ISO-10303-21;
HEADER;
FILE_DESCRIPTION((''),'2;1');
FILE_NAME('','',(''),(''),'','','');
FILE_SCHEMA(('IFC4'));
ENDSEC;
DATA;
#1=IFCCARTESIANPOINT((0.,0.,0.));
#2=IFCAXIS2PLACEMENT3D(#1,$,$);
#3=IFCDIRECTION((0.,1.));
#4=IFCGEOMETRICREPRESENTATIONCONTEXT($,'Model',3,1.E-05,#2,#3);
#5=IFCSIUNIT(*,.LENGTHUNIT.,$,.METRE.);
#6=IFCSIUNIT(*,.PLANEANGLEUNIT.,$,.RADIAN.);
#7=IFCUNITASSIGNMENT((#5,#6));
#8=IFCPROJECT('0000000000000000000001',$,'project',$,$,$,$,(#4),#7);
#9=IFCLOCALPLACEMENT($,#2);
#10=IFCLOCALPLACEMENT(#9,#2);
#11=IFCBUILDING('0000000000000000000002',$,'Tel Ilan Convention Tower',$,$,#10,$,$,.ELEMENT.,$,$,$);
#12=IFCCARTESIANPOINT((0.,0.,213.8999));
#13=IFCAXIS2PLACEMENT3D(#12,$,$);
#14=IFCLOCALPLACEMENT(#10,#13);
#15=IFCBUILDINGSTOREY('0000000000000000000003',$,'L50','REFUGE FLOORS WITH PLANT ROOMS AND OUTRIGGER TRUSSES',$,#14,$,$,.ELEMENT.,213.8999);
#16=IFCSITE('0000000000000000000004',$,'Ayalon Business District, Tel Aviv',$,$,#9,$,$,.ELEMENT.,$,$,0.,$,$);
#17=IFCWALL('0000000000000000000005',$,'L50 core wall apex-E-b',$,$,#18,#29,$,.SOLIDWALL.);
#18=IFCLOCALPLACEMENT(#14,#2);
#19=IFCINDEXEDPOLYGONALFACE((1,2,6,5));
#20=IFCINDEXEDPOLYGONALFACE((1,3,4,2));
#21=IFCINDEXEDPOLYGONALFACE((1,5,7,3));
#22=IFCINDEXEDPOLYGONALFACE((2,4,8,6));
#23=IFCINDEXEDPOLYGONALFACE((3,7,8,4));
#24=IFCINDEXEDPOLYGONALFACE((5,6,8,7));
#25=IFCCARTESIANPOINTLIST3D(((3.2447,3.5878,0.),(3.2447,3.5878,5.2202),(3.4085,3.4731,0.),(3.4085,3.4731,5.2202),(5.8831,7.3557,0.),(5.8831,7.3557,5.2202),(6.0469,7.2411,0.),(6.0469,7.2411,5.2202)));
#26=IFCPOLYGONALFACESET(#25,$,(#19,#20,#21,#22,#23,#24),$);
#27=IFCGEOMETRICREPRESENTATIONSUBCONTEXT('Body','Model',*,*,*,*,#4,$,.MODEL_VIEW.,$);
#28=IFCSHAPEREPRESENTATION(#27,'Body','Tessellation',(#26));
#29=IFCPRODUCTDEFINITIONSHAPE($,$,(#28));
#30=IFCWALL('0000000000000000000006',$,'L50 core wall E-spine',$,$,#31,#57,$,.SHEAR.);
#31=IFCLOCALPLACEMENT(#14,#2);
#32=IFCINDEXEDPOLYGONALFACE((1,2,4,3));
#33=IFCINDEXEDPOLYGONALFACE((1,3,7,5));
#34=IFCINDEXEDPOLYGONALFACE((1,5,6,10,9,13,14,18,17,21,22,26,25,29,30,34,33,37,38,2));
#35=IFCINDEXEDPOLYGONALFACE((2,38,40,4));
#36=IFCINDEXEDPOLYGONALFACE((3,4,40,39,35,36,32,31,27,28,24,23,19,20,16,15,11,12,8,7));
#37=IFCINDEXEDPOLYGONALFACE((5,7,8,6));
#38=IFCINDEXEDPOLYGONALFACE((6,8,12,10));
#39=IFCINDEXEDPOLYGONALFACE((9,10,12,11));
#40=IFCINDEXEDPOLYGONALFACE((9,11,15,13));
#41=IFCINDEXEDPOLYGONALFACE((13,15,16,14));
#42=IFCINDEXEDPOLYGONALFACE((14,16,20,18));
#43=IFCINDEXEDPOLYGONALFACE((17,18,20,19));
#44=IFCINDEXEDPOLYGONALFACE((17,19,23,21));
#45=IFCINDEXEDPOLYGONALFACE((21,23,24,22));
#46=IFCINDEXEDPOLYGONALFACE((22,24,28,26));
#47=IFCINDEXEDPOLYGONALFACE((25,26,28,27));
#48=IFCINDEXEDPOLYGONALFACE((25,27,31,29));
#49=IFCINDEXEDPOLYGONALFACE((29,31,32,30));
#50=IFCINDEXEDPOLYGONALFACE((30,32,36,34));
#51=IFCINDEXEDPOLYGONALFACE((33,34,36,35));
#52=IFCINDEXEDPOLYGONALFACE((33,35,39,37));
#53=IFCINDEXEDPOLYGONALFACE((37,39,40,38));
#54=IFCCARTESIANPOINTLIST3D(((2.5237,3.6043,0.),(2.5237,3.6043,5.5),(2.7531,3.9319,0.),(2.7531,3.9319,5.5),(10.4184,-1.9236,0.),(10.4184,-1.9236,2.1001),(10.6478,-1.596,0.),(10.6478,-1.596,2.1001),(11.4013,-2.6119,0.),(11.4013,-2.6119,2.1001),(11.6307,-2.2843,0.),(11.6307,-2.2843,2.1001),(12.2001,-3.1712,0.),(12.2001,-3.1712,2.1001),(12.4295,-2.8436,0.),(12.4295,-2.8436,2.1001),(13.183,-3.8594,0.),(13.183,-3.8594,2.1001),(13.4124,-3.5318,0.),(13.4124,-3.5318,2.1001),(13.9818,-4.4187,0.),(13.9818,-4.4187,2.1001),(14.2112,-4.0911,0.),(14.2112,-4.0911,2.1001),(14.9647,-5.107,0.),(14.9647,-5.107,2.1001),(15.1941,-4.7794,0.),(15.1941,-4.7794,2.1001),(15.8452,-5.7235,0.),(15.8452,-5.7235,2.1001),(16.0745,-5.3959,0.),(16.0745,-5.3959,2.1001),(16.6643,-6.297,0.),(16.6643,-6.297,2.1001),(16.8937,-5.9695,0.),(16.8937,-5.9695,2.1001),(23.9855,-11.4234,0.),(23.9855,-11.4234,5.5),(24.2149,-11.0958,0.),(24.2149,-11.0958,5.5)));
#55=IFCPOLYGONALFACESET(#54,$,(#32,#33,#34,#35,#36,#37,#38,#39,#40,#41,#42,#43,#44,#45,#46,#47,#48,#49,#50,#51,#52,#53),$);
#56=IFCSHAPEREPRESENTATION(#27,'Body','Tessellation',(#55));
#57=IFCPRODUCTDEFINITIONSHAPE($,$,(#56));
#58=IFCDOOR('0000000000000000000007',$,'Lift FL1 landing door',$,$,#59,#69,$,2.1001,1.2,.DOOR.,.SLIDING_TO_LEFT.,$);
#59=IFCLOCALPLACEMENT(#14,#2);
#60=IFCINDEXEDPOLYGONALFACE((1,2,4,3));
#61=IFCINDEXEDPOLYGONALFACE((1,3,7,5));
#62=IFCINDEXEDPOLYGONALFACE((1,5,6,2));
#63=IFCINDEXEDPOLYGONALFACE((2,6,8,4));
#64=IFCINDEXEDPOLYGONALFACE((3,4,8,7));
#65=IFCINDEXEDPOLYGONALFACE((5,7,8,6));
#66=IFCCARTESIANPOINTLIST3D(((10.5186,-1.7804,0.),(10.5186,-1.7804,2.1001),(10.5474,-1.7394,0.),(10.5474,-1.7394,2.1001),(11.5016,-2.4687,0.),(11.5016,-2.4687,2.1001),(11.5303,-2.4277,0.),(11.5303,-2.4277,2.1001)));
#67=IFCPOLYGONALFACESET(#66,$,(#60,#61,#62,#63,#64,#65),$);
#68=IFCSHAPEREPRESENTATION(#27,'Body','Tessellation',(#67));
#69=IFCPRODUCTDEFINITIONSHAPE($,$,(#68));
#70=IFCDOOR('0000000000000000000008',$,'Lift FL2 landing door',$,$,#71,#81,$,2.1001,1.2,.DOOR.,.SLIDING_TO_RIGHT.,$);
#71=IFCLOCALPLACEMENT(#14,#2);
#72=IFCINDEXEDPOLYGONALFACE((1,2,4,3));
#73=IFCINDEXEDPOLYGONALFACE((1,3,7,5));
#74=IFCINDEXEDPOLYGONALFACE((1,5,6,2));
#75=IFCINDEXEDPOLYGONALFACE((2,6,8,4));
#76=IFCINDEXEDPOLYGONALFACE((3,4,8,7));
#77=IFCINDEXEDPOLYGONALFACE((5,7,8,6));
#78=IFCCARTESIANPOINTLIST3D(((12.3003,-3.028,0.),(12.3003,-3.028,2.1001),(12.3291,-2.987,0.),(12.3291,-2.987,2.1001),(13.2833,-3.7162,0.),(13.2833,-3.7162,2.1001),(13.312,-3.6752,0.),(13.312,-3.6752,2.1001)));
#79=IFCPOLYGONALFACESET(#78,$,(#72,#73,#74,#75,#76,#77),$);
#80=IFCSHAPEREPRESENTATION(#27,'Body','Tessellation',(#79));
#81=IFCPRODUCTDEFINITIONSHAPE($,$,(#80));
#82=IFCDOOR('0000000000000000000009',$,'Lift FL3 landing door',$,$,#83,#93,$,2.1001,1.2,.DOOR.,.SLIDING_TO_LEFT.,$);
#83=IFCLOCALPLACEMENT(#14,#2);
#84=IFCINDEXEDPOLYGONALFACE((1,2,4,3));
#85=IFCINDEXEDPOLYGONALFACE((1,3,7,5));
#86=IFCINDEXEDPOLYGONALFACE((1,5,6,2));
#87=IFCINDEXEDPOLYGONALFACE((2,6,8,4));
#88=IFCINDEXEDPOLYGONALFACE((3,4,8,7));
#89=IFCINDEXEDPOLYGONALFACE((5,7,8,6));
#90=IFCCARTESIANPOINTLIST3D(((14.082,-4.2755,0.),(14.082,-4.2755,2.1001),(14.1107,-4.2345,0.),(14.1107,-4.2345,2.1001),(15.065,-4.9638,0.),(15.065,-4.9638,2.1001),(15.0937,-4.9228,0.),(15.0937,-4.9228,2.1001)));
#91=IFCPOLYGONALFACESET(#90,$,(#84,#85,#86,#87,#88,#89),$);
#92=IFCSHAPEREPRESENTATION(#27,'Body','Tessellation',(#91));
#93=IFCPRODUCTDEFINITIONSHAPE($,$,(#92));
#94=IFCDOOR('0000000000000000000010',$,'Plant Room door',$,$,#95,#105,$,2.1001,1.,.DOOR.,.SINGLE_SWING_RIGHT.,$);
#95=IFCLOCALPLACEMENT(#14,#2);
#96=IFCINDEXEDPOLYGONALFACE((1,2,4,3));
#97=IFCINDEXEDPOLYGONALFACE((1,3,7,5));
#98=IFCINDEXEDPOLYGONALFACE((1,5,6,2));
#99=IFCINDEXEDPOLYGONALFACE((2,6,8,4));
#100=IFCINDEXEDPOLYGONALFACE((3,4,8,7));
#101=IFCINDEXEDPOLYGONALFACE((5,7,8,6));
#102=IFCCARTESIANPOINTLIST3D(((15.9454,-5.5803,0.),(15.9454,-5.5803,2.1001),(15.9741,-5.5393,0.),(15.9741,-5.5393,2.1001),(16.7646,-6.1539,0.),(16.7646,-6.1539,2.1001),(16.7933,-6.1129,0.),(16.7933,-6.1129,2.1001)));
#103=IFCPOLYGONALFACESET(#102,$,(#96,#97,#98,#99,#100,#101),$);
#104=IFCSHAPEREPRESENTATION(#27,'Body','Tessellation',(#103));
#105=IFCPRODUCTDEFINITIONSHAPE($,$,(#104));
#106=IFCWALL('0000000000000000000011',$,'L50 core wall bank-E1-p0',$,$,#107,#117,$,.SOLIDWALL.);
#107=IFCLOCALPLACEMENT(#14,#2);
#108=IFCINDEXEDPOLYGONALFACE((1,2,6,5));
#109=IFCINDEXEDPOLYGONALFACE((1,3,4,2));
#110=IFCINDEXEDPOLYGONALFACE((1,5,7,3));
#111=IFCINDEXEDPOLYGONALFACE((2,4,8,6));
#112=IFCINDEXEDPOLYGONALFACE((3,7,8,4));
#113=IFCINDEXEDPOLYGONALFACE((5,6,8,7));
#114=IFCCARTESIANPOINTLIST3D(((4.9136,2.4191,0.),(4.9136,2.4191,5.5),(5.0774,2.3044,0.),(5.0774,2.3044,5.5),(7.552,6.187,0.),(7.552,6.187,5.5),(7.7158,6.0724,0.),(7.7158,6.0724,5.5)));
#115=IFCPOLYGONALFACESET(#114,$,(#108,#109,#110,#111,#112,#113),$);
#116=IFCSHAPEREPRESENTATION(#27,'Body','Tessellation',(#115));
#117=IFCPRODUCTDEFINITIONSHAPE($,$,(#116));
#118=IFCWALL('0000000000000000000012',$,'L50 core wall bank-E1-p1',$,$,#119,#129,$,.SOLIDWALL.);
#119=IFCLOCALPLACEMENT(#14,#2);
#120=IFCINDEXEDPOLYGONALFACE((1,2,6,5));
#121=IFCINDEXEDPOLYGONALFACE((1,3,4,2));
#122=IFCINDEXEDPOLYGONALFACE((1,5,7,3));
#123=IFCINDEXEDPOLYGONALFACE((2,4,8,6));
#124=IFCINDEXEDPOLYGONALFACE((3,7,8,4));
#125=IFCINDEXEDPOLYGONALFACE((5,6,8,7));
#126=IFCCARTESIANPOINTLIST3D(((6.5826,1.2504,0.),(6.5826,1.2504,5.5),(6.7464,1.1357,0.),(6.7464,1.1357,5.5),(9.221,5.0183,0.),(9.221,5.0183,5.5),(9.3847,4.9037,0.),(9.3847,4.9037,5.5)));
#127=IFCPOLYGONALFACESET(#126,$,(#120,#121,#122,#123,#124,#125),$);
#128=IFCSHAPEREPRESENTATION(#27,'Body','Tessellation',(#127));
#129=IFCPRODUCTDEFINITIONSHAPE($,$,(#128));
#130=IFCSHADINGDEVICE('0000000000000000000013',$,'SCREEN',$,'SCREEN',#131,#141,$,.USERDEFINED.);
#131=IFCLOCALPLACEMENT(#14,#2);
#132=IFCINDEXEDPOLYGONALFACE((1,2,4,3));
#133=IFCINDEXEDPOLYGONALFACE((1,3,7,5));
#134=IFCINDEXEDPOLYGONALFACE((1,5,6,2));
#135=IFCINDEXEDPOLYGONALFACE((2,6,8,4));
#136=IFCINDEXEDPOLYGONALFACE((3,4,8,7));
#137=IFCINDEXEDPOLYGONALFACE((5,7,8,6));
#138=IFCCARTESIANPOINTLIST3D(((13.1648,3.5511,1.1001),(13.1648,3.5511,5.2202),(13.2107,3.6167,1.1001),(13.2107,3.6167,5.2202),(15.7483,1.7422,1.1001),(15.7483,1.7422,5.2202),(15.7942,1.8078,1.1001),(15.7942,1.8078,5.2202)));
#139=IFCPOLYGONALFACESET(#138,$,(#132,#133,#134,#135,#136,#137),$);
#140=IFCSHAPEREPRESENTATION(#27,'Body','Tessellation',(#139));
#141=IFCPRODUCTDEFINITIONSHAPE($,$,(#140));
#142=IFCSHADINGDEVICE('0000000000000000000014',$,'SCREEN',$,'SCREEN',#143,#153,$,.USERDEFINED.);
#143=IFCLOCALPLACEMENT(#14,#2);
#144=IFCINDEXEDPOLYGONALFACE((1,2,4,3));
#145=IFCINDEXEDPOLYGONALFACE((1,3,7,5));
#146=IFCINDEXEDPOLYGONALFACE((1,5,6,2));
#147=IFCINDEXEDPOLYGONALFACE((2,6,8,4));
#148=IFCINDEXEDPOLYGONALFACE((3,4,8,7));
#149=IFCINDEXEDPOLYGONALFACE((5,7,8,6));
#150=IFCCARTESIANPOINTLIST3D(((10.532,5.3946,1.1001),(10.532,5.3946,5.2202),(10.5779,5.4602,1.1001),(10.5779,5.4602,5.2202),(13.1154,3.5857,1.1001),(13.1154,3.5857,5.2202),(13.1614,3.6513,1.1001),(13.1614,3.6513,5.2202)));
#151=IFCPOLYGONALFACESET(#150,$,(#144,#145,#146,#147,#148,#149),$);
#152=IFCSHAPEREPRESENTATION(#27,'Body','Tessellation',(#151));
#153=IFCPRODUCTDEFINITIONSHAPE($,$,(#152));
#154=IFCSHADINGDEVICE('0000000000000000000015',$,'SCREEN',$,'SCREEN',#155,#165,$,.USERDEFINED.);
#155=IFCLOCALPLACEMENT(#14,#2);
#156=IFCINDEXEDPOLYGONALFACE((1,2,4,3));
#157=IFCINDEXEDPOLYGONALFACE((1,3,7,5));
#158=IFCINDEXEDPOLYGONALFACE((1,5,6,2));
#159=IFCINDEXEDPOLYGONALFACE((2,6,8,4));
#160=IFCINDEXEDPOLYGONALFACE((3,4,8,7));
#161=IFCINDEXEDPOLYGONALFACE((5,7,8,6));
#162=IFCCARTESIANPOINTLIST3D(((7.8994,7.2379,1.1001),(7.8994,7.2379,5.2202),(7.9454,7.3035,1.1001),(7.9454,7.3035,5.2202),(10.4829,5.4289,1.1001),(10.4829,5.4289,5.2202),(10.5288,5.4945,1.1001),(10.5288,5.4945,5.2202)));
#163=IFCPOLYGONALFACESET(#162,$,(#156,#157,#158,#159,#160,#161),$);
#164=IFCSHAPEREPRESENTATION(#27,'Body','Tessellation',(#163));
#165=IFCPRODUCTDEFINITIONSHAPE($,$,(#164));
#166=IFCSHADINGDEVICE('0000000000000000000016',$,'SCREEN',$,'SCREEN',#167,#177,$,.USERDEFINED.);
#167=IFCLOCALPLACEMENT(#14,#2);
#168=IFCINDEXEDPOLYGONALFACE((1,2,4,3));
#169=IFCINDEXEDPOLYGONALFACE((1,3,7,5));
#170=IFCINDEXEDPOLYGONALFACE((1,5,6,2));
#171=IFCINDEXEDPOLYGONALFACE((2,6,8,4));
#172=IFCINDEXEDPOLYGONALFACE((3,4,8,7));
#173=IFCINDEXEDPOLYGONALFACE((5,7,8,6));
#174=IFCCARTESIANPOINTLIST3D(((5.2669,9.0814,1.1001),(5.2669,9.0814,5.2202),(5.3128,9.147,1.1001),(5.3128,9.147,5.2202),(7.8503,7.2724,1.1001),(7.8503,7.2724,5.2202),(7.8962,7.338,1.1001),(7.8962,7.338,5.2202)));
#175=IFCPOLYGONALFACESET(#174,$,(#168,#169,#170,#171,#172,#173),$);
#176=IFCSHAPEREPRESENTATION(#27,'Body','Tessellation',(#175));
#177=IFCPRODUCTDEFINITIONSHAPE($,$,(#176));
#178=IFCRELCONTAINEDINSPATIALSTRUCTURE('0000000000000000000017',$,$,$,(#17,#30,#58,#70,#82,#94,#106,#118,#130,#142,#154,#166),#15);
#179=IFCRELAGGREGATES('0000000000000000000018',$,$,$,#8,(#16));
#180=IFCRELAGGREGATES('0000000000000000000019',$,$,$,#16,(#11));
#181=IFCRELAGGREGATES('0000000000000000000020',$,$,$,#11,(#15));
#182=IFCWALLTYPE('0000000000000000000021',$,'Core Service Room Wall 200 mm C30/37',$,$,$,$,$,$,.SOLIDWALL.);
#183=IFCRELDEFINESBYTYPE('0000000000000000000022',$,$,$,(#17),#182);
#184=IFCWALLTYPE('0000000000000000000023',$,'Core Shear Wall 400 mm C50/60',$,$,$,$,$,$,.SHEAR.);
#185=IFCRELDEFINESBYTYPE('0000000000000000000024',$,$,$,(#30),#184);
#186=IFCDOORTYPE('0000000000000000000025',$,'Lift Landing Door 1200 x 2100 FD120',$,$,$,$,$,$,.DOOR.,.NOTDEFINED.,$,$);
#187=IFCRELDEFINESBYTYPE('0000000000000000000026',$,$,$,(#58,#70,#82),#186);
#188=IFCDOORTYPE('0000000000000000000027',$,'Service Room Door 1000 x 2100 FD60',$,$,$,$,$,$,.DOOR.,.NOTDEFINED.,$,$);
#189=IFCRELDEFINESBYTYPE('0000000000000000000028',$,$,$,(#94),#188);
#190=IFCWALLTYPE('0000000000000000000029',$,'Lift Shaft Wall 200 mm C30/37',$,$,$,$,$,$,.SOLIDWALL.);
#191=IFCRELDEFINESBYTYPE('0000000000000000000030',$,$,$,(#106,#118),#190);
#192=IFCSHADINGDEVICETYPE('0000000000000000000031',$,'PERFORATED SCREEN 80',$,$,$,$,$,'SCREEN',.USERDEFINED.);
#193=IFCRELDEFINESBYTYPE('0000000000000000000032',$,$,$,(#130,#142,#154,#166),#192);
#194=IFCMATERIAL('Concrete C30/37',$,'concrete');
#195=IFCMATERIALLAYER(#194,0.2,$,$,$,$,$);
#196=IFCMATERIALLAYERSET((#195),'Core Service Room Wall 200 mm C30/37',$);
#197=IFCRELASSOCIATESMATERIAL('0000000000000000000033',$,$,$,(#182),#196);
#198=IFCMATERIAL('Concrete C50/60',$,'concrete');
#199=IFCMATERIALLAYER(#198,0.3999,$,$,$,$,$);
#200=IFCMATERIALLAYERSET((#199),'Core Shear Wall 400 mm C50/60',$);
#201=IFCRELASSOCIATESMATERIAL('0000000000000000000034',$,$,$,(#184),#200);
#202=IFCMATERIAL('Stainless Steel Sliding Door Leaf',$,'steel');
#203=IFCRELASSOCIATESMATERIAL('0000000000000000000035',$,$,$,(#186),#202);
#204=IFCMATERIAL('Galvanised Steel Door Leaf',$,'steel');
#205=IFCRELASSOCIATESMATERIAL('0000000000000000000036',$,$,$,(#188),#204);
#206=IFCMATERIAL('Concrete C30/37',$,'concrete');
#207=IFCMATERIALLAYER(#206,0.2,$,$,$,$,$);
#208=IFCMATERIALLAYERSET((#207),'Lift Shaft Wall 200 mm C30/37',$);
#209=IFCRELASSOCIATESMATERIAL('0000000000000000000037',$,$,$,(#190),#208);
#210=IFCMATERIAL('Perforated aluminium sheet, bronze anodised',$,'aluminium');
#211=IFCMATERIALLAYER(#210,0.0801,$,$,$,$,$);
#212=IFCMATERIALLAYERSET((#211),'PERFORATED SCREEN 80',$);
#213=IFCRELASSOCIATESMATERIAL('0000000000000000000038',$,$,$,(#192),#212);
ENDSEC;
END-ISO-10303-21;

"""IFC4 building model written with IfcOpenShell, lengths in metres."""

from ifc_helpers import new_model, si_unit, direction, frame, frame_2d, origin, origin_2d, place, context, subcontext, project, spatial, polyline, rectangle, outline, extrude, material, layer, layer_set, type_object, element, fill, save


model = new_model("IFC4")

# Units and contexts
model_context = context("Model", 3, precision=1e-05, world=origin(), true_north=direction((0.0, 1.0)))
body_context = subcontext(model_context, "Body", "Model", "MODEL_VIEW")
ifc_project = project(units=[si_unit("LENGTHUNIT", "METRE"), si_unit("PLANEANGLEUNIT", "RADIAN")], contexts=[model_context])

# Site, building, storey
site_placement = place(None, origin())
site = spatial("IfcSite", under=ifc_project, at=site_placement, Name="Ayalon Business District, Tel Aviv", CompositionType="ELEMENT", RefElevation=0.0)
building_placement = place(site_placement, origin())
building = spatial("IfcBuilding", under=site, at=building_placement, Name="Tel Ilan Convention Tower", CompositionType="ELEMENT")
storey_placement = place(building_placement, frame((0.0, 0.0, 213.8999)))
storey = spatial("IfcBuildingStorey", under=building, at=storey_placement, Name="L50", Description="REFUGE FLOORS WITH PLANT ROOMS AND OUTRIGGER TRUSSES", CompositionType="ELEMENT", Elevation=213.8999)

# Wall
ifc_material_1 = material(Name="Concrete C30/37", Category="concrete")
ifc_layer_1 = layer(ifc_material_1, 0.2)
ifc_layer_set_1 = layer_set([ifc_layer_1], Name="Core Service Room Wall 200 mm C30/37")
wall_type_1 = type_object("IfcWallType", Name="Core Service Room Wall 200 mm C30/37", PredefinedType="SOLIDWALL", material=ifc_layer_set_1)
wall_1_placement = place(storey_placement, frame((3.3267, 3.5305, 0.0), z_axis=(0.0, 0.0, 1.0), x_axis=(0.573576, 0.819152, 0.0)))
element("IfcWall", 1, at=wall_1_placement, inside=storey, type_object=wall_type_1, Name="L50 core wall apex-E-b", PredefinedType="SOLIDWALL", context=body_context, shape_type="SweptSolid", body=[
    extrude(rectangle(XDim=4.5999, YDim=0.2, at=frame_2d((2.2998, 0.0))), origin(), (0.0, 0.0, 1.0), 5.2202),
])

# Wall, openings, doors
ifc_material_2 = material(Name="Concrete C50/60", Category="concrete")
ifc_layer_2 = layer(ifc_material_2, 0.3999)
ifc_layer_set_2 = layer_set([ifc_layer_2], Name="Core Shear Wall 400 mm C50/60")
wall_type_2 = type_object("IfcWallType", Name="Core Shear Wall 400 mm C50/60", PredefinedType="SHEAR", material=ifc_layer_set_2)
wall_2_placement = place(storey_placement, frame((2.6384, 3.7681, 0.0), z_axis=(0.0, 0.0, 1.0), x_axis=(0.819153, -0.573576, 0.0)))
wall_2 = element("IfcWall", 2, at=wall_2_placement, inside=storey, type_object=wall_type_2, Name="L50 core wall E-spine", PredefinedType="SHEAR", context=body_context, shape_type="SweptSolid", body=[
    extrude(outline(polyline([(0.0, 0.2), (0.0, -0.2), (26.2, -0.2), (26.2, 0.2), (0.0, 0.2)])), origin(), (0.0, 0.0, 1.0), 5.5),
])
opening_1_placement = place(wall_2_placement, frame((9.6375, 0.0, 0.0)))
opening_1 = element("IfcOpeningElement", 3, at=opening_1_placement, cuts=wall_2, PredefinedType="OPENING", context=body_context, shape_type="SweptSolid", body=[
    extrude(rectangle(XDim=1.2, YDim=2.1001, at=frame_2d((0.6001, 1.05))), frame((0.0, 0.21, 0.0), z_axis=(0.0, -1.0, 0.0), x_axis=(1.0, 0.0, 0.0)), (0.0, 0.0, 1.0), 0.4199),
])
opening_2_placement = place(wall_2_placement, frame((11.8125, 0.0, 0.0)))
opening_2 = element("IfcOpeningElement", 4, at=opening_2_placement, cuts=wall_2, PredefinedType="OPENING", context=body_context, shape_type="SweptSolid", body=[
    extrude(rectangle(XDim=1.2, YDim=2.1001, at=frame_2d((0.6001, 1.05))), frame((0.0, 0.21, 0.0), z_axis=(0.0, -1.0, 0.0), x_axis=(1.0, 0.0, 0.0)), (0.0, 0.0, 1.0), 0.4199),
])
opening_3_placement = place(wall_2_placement, frame((13.9875, 0.0, 0.0)))
opening_3 = element("IfcOpeningElement", 5, at=opening_3_placement, cuts=wall_2, PredefinedType="OPENING", context=body_context, shape_type="SweptSolid", body=[
    extrude(rectangle(XDim=1.2, YDim=2.1001, at=frame_2d((0.6001, 1.05))), frame((0.0, 0.21, 0.0), z_axis=(0.0, -1.0, 0.0), x_axis=(1.0, 0.0, 0.0)), (0.0, 0.0, 1.0), 0.4199),
])
opening_4_placement = place(wall_2_placement, frame((16.2625, 0.0, 0.0)))
opening_4 = element("IfcOpeningElement", 6, at=opening_4_placement, cuts=wall_2, PredefinedType="OPENING", context=body_context, shape_type="SweptSolid", body=[
    extrude(rectangle(XDim=1.0, YDim=2.1001, at=frame_2d((0.5, 1.05))), frame((0.0, 0.21, 0.0), z_axis=(0.0, -1.0, 0.0), x_axis=(1.0, 0.0, 0.0)), (0.0, 0.0, 1.0), 0.4199),
])
ifc_material_3 = material(Name="Stainless Steel Sliding Door Leaf", Category="steel")
door_type_1 = type_object("IfcDoorType", Name="Lift Landing Door 1200 x 2100 FD120", OperationType="NOTDEFINED", PredefinedType="DOOR", material=ifc_material_3)
door_1_placement = place(opening_1_placement, origin())
door_1 = element("IfcDoor", 7, at=door_1_placement, inside=storey, type_object=door_type_1, Name="Lift FL1 landing door", OperationType="SLIDING_TO_LEFT", OverallHeight=2.1001, OverallWidth=1.2, PredefinedType="DOOR", context=body_context, shape_type="SweptSolid", body=[
    extrude(rectangle(XDim=1.2, YDim=2.1001, at=frame_2d((0.6001, 1.05))), frame((0.0, 0.0249, 0.0), z_axis=(0.0, -1.0, 0.0), x_axis=(1.0, 0.0, 0.0)), (0.0, 0.0, 1.0), 0.05),
])
fill(opening_1, door_1)
door_2_placement = place(opening_2_placement, origin())
door_2 = element("IfcDoor", 8, at=door_2_placement, inside=storey, type_object=door_type_1, Name="Lift FL2 landing door", OperationType="SLIDING_TO_RIGHT", OverallHeight=2.1001, OverallWidth=1.2, PredefinedType="DOOR", context=body_context, shape_type="SweptSolid", body=[
    extrude(rectangle(XDim=1.2, YDim=2.1001, at=frame_2d((0.6001, 1.05))), frame((0.0, 0.0249, 0.0), z_axis=(0.0, -1.0, 0.0), x_axis=(1.0, 0.0, 0.0)), (0.0, 0.0, 1.0), 0.05),
])
fill(opening_2, door_2)
door_3_placement = place(opening_3_placement, origin())
door_3 = element("IfcDoor", 9, at=door_3_placement, inside=storey, type_object=door_type_1, Name="Lift FL3 landing door", OperationType="SLIDING_TO_LEFT", OverallHeight=2.1001, OverallWidth=1.2, PredefinedType="DOOR", context=body_context, shape_type="SweptSolid", body=[
    extrude(rectangle(XDim=1.2, YDim=2.1001, at=frame_2d((0.6001, 1.05))), frame((0.0, 0.0249, 0.0), z_axis=(0.0, -1.0, 0.0), x_axis=(1.0, 0.0, 0.0)), (0.0, 0.0, 1.0), 0.05),
])
fill(opening_3, door_3)
ifc_material_4 = material(Name="Galvanised Steel Door Leaf", Category="steel")
door_type_2 = type_object("IfcDoorType", Name="Service Room Door 1000 x 2100 FD60", OperationType="NOTDEFINED", PredefinedType="DOOR", material=ifc_material_4)
door_4_placement = place(opening_4_placement, origin())
door_4 = element("IfcDoor", 10, at=door_4_placement, inside=storey, type_object=door_type_2, Name="Plant Room door", OperationType="SINGLE_SWING_RIGHT", OverallHeight=2.1001, OverallWidth=1.0, PredefinedType="DOOR", context=body_context, shape_type="SweptSolid", body=[
    extrude(rectangle(XDim=1.0, YDim=2.1001, at=frame_2d((0.5, 1.05))), frame((0.0, 0.0249, 0.0), z_axis=(0.0, -1.0, 0.0), x_axis=(1.0, 0.0, 0.0)), (0.0, 0.0, 1.0), 0.05),
])
fill(opening_4, door_4)

# Walls
ifc_material_5 = material(Name="Concrete C30/37", Category="concrete")
ifc_layer_3 = layer(ifc_material_5, 0.2)
ifc_layer_set_3 = layer_set([ifc_layer_3], Name="Lift Shaft Wall 200 mm C30/37")
wall_type_3 = type_object("IfcWallType", Name="Lift Shaft Wall 200 mm C30/37", PredefinedType="SOLIDWALL", material=ifc_layer_set_3)
for number, where, z_axis, x_axis, name in (
    (11, (4.9956, 2.3618, 0.0), (0.0, 0.0, 1.0), (0.573576, 0.819152, 0.0), "L50 core wall bank-E1-p0"),
    (12, (6.6646, 1.1931, 0.0), (0.0, 0.0, 1.0), (0.573576, 0.819152, 0.0), "L50 core wall bank-E1-p1"),
):
    element("IfcWall", number, at=place(storey_placement, frame(where, z_axis=z_axis, x_axis=x_axis)), inside=storey, type_object=wall_type_3, Name=name, PredefinedType="SOLIDWALL", context=body_context, shape_type="SweptSolid", body=[
        extrude(rectangle(XDim=4.5999, YDim=0.2, at=frame_2d((2.2998, 0.0))), origin(), (0.0, 0.0, 1.0), 5.5),
    ])

# Shading devices
ifc_material_6 = material(Name="Perforated aluminium sheet, bronze anodised", Category="aluminium")
ifc_layer_4 = layer(ifc_material_6, 0.0801)
ifc_layer_set_4 = layer_set([ifc_layer_4], Name="PERFORATED SCREEN 80")
shading_device_type_1 = type_object("IfcShadingDeviceType", Name="PERFORATED SCREEN 80", ElementType="SCREEN", PredefinedType="USERDEFINED", material=ifc_layer_set_4)
for number, where, z_axis, x_axis, name in (
    (13, (14.4795, 2.6794, 1.1001), (0.0, 0.0, 1.0), (-0.819152, 0.573576, 0.0), "SCREEN"),
    (14, (11.8467, 4.5229, 1.1001), (0.0, 0.0, 1.0), (-0.819152, 0.573576, 0.0), "SCREEN"),
    (15, (9.2141, 6.3662, 1.1001), (0.0, 0.0, 1.0), (-0.819152, 0.573576, 0.0), "SCREEN"),
    (16, (6.5815, 8.2097, 1.1001), (0.0, 0.0, 1.0), (-0.819152, 0.573576, 0.0), "SCREEN"),
):
    element("IfcShadingDevice", number, at=place(storey_placement, frame(where, z_axis=z_axis, x_axis=x_axis)), inside=storey, type_object=shading_device_type_1, Name=name, ObjectType="SCREEN", PredefinedType="USERDEFINED", context=body_context, shape_type="SweptSolid", body=[
        extrude(rectangle(XDim=3.1538, YDim=0.0801, at=origin_2d()), origin(), (0.0, 0.0, 1.0), 4.1201),
    ])

save(model, "model.ifc")
